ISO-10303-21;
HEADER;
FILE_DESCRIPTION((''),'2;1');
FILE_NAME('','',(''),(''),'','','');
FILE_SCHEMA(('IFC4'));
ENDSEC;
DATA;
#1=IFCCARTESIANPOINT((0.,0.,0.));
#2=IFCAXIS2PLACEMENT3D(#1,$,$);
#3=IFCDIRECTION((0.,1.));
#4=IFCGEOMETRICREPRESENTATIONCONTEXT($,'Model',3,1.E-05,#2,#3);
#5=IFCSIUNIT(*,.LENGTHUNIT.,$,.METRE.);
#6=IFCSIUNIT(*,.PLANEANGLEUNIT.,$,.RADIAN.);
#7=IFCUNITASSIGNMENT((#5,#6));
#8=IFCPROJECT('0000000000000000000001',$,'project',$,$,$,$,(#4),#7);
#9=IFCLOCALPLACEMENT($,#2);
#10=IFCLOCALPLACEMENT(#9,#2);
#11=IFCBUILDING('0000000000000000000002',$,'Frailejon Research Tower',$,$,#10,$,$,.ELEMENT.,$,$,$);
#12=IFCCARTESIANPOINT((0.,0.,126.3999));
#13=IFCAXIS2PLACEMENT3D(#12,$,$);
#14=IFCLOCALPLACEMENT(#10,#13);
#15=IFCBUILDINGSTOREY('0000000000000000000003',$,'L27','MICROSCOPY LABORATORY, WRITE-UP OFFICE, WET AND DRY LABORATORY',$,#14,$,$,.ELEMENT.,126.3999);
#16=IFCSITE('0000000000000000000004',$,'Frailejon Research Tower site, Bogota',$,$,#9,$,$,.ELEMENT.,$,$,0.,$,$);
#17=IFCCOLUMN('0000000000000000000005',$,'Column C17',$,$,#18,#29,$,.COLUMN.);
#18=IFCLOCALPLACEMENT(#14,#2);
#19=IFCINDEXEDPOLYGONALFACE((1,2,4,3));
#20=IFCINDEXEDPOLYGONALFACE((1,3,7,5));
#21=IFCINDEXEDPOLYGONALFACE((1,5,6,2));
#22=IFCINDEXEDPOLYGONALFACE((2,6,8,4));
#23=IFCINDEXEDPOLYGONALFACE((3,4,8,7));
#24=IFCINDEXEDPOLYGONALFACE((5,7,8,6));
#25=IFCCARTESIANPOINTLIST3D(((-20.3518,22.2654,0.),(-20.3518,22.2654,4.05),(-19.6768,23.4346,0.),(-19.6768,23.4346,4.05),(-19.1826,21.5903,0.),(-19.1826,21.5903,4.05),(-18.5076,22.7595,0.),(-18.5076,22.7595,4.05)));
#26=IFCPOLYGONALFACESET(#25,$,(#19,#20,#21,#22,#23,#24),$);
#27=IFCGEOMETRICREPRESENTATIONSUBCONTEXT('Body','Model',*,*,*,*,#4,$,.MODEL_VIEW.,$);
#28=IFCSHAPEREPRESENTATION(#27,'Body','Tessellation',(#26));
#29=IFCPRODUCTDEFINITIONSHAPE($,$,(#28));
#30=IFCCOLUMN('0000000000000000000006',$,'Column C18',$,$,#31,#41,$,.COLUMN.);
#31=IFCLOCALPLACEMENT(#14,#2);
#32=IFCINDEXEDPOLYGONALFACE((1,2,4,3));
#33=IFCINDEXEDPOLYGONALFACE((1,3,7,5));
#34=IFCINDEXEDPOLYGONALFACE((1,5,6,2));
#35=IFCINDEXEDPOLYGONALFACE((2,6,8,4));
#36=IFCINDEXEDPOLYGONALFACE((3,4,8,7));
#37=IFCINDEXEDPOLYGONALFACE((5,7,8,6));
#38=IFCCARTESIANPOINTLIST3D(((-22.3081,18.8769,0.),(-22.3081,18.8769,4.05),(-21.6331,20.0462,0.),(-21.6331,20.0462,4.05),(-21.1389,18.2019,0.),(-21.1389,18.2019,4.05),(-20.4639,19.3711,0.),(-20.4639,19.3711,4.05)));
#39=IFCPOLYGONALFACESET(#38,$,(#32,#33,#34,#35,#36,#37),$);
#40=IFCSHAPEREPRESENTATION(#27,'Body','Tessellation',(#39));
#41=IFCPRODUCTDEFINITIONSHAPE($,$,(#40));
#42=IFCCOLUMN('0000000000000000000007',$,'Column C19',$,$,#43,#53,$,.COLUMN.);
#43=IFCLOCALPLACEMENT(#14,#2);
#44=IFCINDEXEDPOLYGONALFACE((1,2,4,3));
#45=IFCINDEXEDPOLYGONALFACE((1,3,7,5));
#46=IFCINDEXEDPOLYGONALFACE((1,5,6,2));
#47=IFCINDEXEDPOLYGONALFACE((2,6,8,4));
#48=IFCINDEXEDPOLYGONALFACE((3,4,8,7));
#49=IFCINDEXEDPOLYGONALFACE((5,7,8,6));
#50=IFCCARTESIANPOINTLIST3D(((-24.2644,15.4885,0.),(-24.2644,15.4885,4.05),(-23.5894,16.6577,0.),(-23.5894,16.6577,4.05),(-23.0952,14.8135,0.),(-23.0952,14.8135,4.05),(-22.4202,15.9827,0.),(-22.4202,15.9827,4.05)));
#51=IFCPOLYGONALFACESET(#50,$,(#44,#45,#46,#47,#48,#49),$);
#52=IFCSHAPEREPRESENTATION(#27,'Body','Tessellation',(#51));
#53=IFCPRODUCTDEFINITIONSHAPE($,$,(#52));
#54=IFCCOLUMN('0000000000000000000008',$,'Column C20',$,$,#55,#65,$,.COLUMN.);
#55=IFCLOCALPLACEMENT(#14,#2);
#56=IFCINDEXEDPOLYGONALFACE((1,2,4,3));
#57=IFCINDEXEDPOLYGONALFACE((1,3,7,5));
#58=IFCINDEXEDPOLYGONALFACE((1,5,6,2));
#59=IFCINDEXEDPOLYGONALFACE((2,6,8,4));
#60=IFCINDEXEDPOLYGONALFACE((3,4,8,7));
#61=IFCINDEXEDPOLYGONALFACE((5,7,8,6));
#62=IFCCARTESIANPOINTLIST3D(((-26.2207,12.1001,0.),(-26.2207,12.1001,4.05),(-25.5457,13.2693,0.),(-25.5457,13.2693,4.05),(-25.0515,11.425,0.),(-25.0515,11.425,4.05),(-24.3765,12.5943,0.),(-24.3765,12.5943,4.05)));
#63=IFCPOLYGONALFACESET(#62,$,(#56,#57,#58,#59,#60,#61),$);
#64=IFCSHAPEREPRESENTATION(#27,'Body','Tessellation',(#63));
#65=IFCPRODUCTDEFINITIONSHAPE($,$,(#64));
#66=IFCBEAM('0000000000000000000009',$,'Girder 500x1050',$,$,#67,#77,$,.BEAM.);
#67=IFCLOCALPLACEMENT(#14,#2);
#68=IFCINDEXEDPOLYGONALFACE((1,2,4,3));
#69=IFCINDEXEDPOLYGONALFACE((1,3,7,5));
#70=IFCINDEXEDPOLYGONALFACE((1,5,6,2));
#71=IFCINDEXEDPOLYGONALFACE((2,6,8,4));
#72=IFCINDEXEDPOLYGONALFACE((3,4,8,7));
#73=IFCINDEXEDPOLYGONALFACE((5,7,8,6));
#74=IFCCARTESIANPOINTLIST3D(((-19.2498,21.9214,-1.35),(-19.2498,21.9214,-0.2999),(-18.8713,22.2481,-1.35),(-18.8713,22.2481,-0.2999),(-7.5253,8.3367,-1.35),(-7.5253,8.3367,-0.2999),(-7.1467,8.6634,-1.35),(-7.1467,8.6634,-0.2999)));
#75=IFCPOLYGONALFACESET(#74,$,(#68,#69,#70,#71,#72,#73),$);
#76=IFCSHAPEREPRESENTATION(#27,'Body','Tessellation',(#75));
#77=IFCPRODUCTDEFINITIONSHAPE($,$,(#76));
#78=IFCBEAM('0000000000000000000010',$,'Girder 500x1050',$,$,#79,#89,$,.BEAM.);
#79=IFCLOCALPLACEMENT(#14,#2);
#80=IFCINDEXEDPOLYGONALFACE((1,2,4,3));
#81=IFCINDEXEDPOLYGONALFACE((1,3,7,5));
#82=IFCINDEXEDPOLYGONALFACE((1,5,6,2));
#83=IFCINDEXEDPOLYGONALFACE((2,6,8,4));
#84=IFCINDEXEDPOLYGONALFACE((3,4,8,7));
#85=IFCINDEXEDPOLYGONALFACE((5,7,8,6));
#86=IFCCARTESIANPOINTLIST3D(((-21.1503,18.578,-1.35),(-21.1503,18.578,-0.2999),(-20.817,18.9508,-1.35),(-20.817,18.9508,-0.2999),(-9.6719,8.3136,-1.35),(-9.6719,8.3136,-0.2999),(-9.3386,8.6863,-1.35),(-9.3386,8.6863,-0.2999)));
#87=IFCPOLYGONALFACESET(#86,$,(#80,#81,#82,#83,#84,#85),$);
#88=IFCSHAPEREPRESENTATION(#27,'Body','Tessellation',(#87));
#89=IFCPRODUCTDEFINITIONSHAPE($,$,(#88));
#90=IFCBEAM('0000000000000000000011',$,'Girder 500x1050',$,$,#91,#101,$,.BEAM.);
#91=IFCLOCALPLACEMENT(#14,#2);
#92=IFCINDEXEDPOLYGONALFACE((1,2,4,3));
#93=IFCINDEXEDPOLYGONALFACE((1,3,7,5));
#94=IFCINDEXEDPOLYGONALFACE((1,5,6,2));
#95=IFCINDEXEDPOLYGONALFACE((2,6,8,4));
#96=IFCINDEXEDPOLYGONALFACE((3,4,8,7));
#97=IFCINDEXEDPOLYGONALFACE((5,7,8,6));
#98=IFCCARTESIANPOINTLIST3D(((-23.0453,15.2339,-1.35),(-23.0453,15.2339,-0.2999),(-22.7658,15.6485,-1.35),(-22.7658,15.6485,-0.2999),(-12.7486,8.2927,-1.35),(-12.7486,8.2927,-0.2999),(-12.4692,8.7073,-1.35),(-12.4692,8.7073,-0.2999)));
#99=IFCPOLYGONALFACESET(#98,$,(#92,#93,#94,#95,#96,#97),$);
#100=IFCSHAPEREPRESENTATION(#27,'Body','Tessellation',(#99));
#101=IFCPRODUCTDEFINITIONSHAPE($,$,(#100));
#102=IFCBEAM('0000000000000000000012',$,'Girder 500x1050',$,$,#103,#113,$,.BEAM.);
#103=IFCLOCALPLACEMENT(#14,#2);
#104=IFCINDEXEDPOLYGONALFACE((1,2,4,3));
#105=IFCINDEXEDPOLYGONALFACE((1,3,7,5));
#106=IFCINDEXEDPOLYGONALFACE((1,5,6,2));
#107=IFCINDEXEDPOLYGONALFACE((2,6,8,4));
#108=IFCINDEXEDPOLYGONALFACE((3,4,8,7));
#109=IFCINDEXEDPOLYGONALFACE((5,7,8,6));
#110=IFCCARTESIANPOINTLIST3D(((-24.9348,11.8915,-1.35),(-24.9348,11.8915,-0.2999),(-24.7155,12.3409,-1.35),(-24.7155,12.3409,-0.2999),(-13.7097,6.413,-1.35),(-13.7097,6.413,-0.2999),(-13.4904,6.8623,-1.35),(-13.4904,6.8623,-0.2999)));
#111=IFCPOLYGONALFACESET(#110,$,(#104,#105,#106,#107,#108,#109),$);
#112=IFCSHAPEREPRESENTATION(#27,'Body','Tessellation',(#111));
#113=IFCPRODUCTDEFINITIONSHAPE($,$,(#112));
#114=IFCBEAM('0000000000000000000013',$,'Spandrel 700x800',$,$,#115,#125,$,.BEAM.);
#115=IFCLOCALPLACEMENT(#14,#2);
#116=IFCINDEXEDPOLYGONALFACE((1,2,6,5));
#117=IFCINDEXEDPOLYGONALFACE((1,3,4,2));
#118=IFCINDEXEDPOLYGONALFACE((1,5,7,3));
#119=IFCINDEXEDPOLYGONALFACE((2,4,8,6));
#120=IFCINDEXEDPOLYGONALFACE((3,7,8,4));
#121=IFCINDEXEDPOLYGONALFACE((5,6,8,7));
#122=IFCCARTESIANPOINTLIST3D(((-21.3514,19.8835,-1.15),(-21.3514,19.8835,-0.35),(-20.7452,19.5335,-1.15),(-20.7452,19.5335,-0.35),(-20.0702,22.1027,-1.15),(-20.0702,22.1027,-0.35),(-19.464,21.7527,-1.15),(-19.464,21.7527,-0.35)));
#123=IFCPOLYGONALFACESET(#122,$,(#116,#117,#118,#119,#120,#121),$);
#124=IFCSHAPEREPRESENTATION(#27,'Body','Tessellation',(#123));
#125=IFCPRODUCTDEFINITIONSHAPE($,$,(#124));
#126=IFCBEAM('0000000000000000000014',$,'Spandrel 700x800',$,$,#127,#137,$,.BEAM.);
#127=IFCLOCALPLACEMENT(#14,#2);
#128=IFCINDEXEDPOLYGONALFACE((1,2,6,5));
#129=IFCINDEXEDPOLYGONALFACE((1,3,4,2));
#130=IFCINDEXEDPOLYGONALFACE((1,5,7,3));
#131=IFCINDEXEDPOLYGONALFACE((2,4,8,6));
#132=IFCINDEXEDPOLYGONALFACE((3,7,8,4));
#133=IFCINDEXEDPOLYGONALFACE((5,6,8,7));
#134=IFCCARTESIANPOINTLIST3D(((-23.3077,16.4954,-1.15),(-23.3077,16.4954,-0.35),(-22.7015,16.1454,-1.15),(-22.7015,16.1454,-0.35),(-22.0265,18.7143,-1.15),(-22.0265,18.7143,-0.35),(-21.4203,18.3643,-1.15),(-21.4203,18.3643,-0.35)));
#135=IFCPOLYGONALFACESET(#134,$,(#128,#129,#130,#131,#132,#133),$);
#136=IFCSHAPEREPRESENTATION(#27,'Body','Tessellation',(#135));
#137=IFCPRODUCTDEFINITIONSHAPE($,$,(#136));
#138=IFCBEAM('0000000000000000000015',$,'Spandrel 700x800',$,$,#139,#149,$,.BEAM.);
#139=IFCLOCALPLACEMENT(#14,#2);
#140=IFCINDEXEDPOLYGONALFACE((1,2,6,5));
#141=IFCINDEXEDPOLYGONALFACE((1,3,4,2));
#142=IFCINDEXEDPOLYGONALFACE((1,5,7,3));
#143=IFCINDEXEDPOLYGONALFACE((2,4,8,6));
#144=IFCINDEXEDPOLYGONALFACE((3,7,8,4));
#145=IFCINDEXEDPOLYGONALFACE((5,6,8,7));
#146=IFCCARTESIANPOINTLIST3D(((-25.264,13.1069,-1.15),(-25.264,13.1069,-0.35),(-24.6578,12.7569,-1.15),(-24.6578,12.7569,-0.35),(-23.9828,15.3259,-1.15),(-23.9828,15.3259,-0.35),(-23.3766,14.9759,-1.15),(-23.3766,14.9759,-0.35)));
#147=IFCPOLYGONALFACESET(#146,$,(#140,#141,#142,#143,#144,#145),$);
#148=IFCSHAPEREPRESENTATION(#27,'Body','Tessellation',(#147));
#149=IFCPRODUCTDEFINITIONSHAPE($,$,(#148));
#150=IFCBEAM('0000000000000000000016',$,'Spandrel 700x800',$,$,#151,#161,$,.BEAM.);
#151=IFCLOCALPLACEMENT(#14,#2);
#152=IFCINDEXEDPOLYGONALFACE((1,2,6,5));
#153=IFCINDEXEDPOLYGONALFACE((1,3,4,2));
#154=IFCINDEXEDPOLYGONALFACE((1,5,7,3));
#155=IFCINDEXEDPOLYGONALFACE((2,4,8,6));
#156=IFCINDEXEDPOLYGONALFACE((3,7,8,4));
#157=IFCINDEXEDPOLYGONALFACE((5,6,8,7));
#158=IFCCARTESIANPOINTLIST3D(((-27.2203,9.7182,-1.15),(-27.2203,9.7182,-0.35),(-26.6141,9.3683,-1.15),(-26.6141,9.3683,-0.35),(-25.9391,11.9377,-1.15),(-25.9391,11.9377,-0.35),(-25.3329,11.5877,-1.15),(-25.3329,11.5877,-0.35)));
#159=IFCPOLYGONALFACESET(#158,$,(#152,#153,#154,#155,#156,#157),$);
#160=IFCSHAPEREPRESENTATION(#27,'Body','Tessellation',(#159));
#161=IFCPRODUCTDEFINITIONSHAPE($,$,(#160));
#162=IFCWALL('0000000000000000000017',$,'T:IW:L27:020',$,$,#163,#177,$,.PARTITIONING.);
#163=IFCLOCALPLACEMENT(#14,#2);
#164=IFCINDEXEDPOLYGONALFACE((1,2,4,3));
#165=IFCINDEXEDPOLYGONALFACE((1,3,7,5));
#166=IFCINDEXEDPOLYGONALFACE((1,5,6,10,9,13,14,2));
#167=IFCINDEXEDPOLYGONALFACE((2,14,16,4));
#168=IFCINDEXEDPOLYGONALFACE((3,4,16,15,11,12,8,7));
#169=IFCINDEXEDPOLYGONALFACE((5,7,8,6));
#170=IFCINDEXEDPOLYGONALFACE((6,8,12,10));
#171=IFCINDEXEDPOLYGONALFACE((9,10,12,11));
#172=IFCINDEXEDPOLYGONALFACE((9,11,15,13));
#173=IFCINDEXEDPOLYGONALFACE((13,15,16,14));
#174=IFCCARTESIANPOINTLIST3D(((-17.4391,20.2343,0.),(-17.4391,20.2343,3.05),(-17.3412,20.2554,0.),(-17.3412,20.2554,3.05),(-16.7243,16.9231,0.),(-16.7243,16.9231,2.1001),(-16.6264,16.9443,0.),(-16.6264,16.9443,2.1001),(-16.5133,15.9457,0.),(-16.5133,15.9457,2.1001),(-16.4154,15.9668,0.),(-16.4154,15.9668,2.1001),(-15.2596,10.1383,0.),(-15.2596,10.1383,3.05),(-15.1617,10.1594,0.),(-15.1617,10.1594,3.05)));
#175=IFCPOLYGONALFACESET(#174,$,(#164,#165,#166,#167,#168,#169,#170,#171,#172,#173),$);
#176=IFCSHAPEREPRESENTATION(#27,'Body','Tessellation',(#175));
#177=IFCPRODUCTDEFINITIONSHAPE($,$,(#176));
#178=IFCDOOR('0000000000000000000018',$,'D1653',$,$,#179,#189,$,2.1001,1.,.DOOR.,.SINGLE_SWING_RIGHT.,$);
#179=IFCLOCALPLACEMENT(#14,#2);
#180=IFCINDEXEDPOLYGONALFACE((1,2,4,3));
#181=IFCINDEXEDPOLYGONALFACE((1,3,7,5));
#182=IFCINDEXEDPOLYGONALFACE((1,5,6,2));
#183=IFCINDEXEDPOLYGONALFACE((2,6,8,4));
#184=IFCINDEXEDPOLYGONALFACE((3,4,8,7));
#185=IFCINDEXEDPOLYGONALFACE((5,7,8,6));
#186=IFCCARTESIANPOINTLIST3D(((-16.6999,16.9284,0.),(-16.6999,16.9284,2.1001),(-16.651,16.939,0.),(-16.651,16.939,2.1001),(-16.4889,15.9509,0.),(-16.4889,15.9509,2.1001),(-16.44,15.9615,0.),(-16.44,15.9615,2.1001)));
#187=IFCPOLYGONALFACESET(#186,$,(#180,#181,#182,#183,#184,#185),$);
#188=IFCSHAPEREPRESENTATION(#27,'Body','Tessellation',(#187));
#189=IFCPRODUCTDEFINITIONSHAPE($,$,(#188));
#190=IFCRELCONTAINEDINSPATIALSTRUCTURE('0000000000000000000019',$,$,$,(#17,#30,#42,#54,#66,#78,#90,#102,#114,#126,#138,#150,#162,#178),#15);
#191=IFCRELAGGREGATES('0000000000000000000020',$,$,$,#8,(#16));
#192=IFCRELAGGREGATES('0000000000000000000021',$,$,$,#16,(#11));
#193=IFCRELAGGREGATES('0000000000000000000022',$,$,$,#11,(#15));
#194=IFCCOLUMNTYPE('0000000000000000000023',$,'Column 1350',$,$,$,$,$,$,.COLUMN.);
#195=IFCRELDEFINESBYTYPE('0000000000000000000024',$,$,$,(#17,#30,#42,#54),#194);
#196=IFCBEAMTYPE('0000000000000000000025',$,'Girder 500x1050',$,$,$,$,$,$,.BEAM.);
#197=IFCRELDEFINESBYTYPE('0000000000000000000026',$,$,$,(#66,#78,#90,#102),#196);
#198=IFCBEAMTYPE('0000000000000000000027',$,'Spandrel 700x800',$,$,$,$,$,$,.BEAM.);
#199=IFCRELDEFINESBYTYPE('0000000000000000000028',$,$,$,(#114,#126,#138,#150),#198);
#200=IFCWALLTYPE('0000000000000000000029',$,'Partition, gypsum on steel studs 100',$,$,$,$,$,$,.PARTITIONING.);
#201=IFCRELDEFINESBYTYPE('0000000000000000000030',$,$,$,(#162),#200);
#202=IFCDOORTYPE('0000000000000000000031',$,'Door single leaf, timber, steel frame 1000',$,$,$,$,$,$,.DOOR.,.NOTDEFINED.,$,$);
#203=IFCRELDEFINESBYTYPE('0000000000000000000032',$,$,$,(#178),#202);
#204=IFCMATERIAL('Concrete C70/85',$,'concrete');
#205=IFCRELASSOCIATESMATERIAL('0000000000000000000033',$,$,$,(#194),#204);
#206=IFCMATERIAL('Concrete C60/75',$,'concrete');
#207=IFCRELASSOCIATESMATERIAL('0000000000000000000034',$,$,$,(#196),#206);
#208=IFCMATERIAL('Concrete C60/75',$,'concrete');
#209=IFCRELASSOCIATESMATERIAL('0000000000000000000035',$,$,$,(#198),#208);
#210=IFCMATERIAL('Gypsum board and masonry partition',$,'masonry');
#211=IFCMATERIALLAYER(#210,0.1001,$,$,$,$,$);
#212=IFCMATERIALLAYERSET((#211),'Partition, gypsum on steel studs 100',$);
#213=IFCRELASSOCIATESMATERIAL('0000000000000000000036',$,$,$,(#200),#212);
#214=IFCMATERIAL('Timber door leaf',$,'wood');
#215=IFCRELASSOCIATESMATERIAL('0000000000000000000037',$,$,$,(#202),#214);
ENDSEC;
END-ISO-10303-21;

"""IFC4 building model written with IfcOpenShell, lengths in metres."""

from ifc_helpers import new_model, si_unit, direction, frame, frame_2d, origin, origin_2d, place, context, subcontext, project, spatial, rectangle, extrude, material, layer, layer_set, material_profile, profile_set, type_object, element, fill, save


model = new_model("IFC4")

# Units and contexts
model_context = context("Model", 3, precision=1e-05, world=origin(), true_north=direction((0.0, 1.0)))
body_context = subcontext(model_context, "Body", "Model", "MODEL_VIEW")
ifc_project = project(units=[si_unit("LENGTHUNIT", "METRE"), si_unit("PLANEANGLEUNIT", "RADIAN")], contexts=[model_context])

# Site, building, storey
site_placement = place(None, origin())
site = spatial("IfcSite", under=ifc_project, at=site_placement, Name="Frailejon Research Tower site, Bogota", CompositionType="ELEMENT", RefElevation=0.0)
building_placement = place(site_placement, origin())
building = spatial("IfcBuilding", under=site, at=building_placement, Name="Frailejon Research Tower", CompositionType="ELEMENT")
storey_placement = place(building_placement, frame((0.0, 0.0, 126.3999)))
storey = spatial("IfcBuildingStorey", under=building, at=storey_placement, Name="L27", Description="MICROSCOPY LABORATORY, WRITE-UP OFFICE, WET AND DRY LABORATORY", CompositionType="ELEMENT", Elevation=126.3999)

# Columns
ifc_material_1 = material(Name="Concrete C70/85", Category="concrete")
ifc_material_profile_1 = material_profile(ifc_material_1, rectangle(XDim=1.3501, YDim=1.3501, at=origin_2d()), Name="Column 1350")
ifc_profile_set_1 = profile_set([ifc_material_profile_1], Name="Concrete C70/85")
column_type = type_object("IfcColumnType", Name="Column 1350", PredefinedType="COLUMN", material=ifc_profile_set_1)
for number, where, z_axis, x_axis, name in (
    (1, (-19.4297, 22.5125, 0.0), (0.0, 0.0, 1.0), (-0.5, -0.866025, 0.0), "Column C17"),
    (2, (-21.386, 19.124, 0.0), (0.0, 0.0, 1.0), (-0.5, -0.866025, 0.0), "Column C18"),
    (3, (-23.3423, 15.7356, 0.0), (0.0, 0.0, 1.0), (-0.5, -0.866025, 0.0), "Column C19"),
    (4, (-25.2986, 12.3472, 0.0), (0.0, 0.0, 1.0), (-0.5, -0.866025, 0.0), "Column C20"),
):
    element("IfcColumn", number, at=place(storey_placement, frame(where, z_axis=z_axis, x_axis=x_axis)), inside=storey, type_object=column_type, Name=name, PredefinedType="COLUMN", context=body_context, shape_type="SweptSolid", body=[
        extrude(rectangle(XDim=1.3501, YDim=1.3501, at=origin_2d()), origin(), (0.0, 0.0, 1.0), 4.05),
    ])

# Beams
ifc_material_2 = material(Name="Concrete C60/75", Category="concrete")
ifc_material_profile_2 = material_profile(ifc_material_2, rectangle(XDim=0.5, YDim=1.05, at=origin_2d()), Name="Girder 500x1050")
ifc_profile_set_2 = profile_set([ifc_material_profile_2], Name="Concrete C60/75")
beam_type_1 = type_object("IfcBeamType", Name="Girder 500x1050", PredefinedType="BEAM", material=ifc_profile_set_2)
beam_1_placement = place(storey_placement, frame((-19.0605, 22.0847, -0.825), z_axis=(0.653376, -0.757034, 0.0), x_axis=(0.757034, 0.653376, 0.0)))
element("IfcBeam", 5, at=beam_1_placement, inside=storey, type_object=beam_type_1, Name="Girder 500x1050", PredefinedType="BEAM", context=body_context, shape_type="SweptSolid", body=[
    extrude(rectangle(XDim=0.5, YDim=1.05, at=origin_2d()), origin(), (0.0, 0.0, 1.0), 17.9446),
])
beam_2_placement = place(storey_placement, frame((-20.9836, 18.7644, -0.825), z_axis=(0.745423, -0.666592, 0.0), x_axis=(0.666592, 0.745423, 0.0)))
element("IfcBeam", 6, at=beam_2_placement, inside=storey, type_object=beam_type_1, Name="Girder 500x1050", PredefinedType="BEAM", context=body_context, shape_type="SweptSolid", body=[
    extrude(rectangle(XDim=0.5, YDim=1.05, at=origin_2d()), origin(), (0.0, 0.0, 1.0), 15.3984),
])
beam_3_placement = place(storey_placement, frame((-22.9055, 15.4412, -0.825), z_axis=(0.829187, -0.558971, 0.0), x_axis=(0.558971, 0.829187, 0.0)))
element("IfcBeam", 7, at=beam_3_placement, inside=storey, type_object=beam_type_1, Name="Girder 500x1050", PredefinedType="BEAM", context=body_context, shape_type="SweptSolid", body=[
    extrude(rectangle(XDim=0.5, YDim=1.05, at=origin_2d()), origin(), (0.0, 0.0, 1.0), 12.4177),
])
beam_4_placement = place(storey_placement, frame((-24.8252, 12.1162, -0.825), z_axis=(0.898678, -0.438608, 0.0), x_axis=(0.438608, 0.898678, 0.0)))
element("IfcBeam", 8, at=beam_4_placement, inside=storey, type_object=beam_type_1, Name="Girder 500x1050", PredefinedType="BEAM", context=body_context, shape_type="SweptSolid", body=[
    extrude(rectangle(XDim=0.5, YDim=1.05, at=origin_2d()), origin(), (0.0, 0.0, 1.0), 12.4907),
])
ifc_material_3 = material(Name="Concrete C60/75", Category="concrete")
ifc_material_profile_3 = material_profile(ifc_material_3, rectangle(XDim=0.7, YDim=0.8, at=origin_2d()), Name="Spandrel 700x800")
ifc_profile_set_3 = profile_set([ifc_material_profile_3], Name="Concrete C60/75")
beam_type_2 = type_object("IfcBeamType", Name="Spandrel 700x800", PredefinedType="BEAM", material=ifc_profile_set_3)
beam_5_placement = place(storey_placement, frame((-19.7671, 21.9277, -0.75), z_axis=(-0.499992, -0.86603, 0.0), x_axis=(0.86603, -0.499992, 0.0)))
element("IfcBeam", 9, at=beam_5_placement, inside=storey, type_object=beam_type_2, Name="Spandrel 700x800", PredefinedType="BEAM", context=body_context, shape_type="SweptSolid", body=[
    extrude(rectangle(XDim=0.7, YDim=0.8, at=origin_2d()), origin(), (0.0, 0.0, 1.0), 2.5625),
])
for number, where, z_axis, x_axis, name in (
    (10, (-21.7234, 18.5393, -0.75), (-0.500033, -0.866006, 0.0), (0.866006, -0.500033, 0.0), "Spandrel 700x800"),
    (11, (-23.6797, 15.1509, -0.75), (-0.500033, -0.866006, 0.0), (0.866006, -0.500033, 0.0), "Spandrel 700x800"),
):
    element("IfcBeam", number, at=place(storey_placement, frame(where, z_axis=z_axis, x_axis=x_axis)), inside=storey, type_object=beam_type_2, Name=name, PredefinedType="BEAM", context=body_context, shape_type="SweptSolid", body=[
        extrude(rectangle(XDim=0.7, YDim=0.8, at=origin_2d()), origin(), (0.0, 0.0, 1.0), 2.5623),
    ])
beam_6_placement = place(storey_placement, frame((-25.636, 11.7627, -0.75), z_axis=(-0.499951, -0.866054, 0.0), x_axis=(0.866054, -0.499951, 0.0)))
element("IfcBeam", 12, at=beam_6_placement, inside=storey, type_object=beam_type_2, Name="Spandrel 700x800", PredefinedType="BEAM", context=body_context, shape_type="SweptSolid", body=[
    extrude(rectangle(XDim=0.7, YDim=0.8, at=origin_2d()), origin(), (0.0, 0.0, 1.0), 2.5627),
])

# Wall, opening, door
ifc_material_4 = material(Name="Gypsum board and masonry partition", Category="masonry")
ifc_layer_1 = layer(ifc_material_4, 0.1001)
ifc_layer_set_1 = layer_set([ifc_layer_1], Name="Partition, gypsum on steel studs 100")
wall_type = type_object("IfcWallType", Name="Partition, gypsum on steel studs 100", PredefinedType="PARTITIONING", material=ifc_layer_set_1)
wall_1_placement = place(storey_placement, frame((-17.3901, 20.2449, 0.0), z_axis=(0.0, 0.0, 1.0), x_axis=(0.211012, -0.977483, 0.0)))
wall_1 = element("IfcWall", 13, at=wall_1_placement, inside=storey, type_object=wall_type, Name="T:IW:L27:020", PredefinedType="PARTITIONING", context=body_context, shape_type="SweptSolid", body=[
    extrude(rectangle(XDim=10.3286, YDim=0.1001, at=frame_2d((5.1643, 0.0))), origin(), (0.0, 0.0, 1.0), 3.05),
])
opening_placement = place(wall_1_placement, frame((3.3875, 0.0, 0.0)))
opening = element("IfcOpeningElement", 14, at=opening_placement, cuts=wall_1, PredefinedType="OPENING", context=body_context, shape_type="SweptSolid", body=[
    extrude(rectangle(XDim=1.0, YDim=2.1001, at=frame_2d((0.5, 1.05))), frame((0.0, 0.0601, 0.0), z_axis=(0.0, -1.0, 0.0), x_axis=(1.0, 0.0, 0.0)), (0.0, 0.0, 1.0), 0.1201),
])
ifc_material_5 = material(Name="Timber door leaf", Category="wood")
door_type = type_object("IfcDoorType", Name="Door single leaf, timber, steel frame 1000", OperationType="NOTDEFINED", PredefinedType="DOOR", material=ifc_material_5)
door_placement = place(opening_placement, origin())
door = element("IfcDoor", 15, at=door_placement, inside=storey, type_object=door_type, Name="D1653", OperationType="SINGLE_SWING_RIGHT", OverallHeight=2.1001, OverallWidth=1.0, PredefinedType="DOOR", context=body_context, shape_type="SweptSolid", body=[
    extrude(rectangle(XDim=1.0, YDim=2.1001, at=frame_2d((0.5, 1.05))), frame((0.0, 0.0249, 0.0), z_axis=(0.0, -1.0, 0.0), x_axis=(1.0, 0.0, 0.0)), (0.0, 0.0, 1.0), 0.05),
])
fill(opening, door)

save(model, "model.ifc")
